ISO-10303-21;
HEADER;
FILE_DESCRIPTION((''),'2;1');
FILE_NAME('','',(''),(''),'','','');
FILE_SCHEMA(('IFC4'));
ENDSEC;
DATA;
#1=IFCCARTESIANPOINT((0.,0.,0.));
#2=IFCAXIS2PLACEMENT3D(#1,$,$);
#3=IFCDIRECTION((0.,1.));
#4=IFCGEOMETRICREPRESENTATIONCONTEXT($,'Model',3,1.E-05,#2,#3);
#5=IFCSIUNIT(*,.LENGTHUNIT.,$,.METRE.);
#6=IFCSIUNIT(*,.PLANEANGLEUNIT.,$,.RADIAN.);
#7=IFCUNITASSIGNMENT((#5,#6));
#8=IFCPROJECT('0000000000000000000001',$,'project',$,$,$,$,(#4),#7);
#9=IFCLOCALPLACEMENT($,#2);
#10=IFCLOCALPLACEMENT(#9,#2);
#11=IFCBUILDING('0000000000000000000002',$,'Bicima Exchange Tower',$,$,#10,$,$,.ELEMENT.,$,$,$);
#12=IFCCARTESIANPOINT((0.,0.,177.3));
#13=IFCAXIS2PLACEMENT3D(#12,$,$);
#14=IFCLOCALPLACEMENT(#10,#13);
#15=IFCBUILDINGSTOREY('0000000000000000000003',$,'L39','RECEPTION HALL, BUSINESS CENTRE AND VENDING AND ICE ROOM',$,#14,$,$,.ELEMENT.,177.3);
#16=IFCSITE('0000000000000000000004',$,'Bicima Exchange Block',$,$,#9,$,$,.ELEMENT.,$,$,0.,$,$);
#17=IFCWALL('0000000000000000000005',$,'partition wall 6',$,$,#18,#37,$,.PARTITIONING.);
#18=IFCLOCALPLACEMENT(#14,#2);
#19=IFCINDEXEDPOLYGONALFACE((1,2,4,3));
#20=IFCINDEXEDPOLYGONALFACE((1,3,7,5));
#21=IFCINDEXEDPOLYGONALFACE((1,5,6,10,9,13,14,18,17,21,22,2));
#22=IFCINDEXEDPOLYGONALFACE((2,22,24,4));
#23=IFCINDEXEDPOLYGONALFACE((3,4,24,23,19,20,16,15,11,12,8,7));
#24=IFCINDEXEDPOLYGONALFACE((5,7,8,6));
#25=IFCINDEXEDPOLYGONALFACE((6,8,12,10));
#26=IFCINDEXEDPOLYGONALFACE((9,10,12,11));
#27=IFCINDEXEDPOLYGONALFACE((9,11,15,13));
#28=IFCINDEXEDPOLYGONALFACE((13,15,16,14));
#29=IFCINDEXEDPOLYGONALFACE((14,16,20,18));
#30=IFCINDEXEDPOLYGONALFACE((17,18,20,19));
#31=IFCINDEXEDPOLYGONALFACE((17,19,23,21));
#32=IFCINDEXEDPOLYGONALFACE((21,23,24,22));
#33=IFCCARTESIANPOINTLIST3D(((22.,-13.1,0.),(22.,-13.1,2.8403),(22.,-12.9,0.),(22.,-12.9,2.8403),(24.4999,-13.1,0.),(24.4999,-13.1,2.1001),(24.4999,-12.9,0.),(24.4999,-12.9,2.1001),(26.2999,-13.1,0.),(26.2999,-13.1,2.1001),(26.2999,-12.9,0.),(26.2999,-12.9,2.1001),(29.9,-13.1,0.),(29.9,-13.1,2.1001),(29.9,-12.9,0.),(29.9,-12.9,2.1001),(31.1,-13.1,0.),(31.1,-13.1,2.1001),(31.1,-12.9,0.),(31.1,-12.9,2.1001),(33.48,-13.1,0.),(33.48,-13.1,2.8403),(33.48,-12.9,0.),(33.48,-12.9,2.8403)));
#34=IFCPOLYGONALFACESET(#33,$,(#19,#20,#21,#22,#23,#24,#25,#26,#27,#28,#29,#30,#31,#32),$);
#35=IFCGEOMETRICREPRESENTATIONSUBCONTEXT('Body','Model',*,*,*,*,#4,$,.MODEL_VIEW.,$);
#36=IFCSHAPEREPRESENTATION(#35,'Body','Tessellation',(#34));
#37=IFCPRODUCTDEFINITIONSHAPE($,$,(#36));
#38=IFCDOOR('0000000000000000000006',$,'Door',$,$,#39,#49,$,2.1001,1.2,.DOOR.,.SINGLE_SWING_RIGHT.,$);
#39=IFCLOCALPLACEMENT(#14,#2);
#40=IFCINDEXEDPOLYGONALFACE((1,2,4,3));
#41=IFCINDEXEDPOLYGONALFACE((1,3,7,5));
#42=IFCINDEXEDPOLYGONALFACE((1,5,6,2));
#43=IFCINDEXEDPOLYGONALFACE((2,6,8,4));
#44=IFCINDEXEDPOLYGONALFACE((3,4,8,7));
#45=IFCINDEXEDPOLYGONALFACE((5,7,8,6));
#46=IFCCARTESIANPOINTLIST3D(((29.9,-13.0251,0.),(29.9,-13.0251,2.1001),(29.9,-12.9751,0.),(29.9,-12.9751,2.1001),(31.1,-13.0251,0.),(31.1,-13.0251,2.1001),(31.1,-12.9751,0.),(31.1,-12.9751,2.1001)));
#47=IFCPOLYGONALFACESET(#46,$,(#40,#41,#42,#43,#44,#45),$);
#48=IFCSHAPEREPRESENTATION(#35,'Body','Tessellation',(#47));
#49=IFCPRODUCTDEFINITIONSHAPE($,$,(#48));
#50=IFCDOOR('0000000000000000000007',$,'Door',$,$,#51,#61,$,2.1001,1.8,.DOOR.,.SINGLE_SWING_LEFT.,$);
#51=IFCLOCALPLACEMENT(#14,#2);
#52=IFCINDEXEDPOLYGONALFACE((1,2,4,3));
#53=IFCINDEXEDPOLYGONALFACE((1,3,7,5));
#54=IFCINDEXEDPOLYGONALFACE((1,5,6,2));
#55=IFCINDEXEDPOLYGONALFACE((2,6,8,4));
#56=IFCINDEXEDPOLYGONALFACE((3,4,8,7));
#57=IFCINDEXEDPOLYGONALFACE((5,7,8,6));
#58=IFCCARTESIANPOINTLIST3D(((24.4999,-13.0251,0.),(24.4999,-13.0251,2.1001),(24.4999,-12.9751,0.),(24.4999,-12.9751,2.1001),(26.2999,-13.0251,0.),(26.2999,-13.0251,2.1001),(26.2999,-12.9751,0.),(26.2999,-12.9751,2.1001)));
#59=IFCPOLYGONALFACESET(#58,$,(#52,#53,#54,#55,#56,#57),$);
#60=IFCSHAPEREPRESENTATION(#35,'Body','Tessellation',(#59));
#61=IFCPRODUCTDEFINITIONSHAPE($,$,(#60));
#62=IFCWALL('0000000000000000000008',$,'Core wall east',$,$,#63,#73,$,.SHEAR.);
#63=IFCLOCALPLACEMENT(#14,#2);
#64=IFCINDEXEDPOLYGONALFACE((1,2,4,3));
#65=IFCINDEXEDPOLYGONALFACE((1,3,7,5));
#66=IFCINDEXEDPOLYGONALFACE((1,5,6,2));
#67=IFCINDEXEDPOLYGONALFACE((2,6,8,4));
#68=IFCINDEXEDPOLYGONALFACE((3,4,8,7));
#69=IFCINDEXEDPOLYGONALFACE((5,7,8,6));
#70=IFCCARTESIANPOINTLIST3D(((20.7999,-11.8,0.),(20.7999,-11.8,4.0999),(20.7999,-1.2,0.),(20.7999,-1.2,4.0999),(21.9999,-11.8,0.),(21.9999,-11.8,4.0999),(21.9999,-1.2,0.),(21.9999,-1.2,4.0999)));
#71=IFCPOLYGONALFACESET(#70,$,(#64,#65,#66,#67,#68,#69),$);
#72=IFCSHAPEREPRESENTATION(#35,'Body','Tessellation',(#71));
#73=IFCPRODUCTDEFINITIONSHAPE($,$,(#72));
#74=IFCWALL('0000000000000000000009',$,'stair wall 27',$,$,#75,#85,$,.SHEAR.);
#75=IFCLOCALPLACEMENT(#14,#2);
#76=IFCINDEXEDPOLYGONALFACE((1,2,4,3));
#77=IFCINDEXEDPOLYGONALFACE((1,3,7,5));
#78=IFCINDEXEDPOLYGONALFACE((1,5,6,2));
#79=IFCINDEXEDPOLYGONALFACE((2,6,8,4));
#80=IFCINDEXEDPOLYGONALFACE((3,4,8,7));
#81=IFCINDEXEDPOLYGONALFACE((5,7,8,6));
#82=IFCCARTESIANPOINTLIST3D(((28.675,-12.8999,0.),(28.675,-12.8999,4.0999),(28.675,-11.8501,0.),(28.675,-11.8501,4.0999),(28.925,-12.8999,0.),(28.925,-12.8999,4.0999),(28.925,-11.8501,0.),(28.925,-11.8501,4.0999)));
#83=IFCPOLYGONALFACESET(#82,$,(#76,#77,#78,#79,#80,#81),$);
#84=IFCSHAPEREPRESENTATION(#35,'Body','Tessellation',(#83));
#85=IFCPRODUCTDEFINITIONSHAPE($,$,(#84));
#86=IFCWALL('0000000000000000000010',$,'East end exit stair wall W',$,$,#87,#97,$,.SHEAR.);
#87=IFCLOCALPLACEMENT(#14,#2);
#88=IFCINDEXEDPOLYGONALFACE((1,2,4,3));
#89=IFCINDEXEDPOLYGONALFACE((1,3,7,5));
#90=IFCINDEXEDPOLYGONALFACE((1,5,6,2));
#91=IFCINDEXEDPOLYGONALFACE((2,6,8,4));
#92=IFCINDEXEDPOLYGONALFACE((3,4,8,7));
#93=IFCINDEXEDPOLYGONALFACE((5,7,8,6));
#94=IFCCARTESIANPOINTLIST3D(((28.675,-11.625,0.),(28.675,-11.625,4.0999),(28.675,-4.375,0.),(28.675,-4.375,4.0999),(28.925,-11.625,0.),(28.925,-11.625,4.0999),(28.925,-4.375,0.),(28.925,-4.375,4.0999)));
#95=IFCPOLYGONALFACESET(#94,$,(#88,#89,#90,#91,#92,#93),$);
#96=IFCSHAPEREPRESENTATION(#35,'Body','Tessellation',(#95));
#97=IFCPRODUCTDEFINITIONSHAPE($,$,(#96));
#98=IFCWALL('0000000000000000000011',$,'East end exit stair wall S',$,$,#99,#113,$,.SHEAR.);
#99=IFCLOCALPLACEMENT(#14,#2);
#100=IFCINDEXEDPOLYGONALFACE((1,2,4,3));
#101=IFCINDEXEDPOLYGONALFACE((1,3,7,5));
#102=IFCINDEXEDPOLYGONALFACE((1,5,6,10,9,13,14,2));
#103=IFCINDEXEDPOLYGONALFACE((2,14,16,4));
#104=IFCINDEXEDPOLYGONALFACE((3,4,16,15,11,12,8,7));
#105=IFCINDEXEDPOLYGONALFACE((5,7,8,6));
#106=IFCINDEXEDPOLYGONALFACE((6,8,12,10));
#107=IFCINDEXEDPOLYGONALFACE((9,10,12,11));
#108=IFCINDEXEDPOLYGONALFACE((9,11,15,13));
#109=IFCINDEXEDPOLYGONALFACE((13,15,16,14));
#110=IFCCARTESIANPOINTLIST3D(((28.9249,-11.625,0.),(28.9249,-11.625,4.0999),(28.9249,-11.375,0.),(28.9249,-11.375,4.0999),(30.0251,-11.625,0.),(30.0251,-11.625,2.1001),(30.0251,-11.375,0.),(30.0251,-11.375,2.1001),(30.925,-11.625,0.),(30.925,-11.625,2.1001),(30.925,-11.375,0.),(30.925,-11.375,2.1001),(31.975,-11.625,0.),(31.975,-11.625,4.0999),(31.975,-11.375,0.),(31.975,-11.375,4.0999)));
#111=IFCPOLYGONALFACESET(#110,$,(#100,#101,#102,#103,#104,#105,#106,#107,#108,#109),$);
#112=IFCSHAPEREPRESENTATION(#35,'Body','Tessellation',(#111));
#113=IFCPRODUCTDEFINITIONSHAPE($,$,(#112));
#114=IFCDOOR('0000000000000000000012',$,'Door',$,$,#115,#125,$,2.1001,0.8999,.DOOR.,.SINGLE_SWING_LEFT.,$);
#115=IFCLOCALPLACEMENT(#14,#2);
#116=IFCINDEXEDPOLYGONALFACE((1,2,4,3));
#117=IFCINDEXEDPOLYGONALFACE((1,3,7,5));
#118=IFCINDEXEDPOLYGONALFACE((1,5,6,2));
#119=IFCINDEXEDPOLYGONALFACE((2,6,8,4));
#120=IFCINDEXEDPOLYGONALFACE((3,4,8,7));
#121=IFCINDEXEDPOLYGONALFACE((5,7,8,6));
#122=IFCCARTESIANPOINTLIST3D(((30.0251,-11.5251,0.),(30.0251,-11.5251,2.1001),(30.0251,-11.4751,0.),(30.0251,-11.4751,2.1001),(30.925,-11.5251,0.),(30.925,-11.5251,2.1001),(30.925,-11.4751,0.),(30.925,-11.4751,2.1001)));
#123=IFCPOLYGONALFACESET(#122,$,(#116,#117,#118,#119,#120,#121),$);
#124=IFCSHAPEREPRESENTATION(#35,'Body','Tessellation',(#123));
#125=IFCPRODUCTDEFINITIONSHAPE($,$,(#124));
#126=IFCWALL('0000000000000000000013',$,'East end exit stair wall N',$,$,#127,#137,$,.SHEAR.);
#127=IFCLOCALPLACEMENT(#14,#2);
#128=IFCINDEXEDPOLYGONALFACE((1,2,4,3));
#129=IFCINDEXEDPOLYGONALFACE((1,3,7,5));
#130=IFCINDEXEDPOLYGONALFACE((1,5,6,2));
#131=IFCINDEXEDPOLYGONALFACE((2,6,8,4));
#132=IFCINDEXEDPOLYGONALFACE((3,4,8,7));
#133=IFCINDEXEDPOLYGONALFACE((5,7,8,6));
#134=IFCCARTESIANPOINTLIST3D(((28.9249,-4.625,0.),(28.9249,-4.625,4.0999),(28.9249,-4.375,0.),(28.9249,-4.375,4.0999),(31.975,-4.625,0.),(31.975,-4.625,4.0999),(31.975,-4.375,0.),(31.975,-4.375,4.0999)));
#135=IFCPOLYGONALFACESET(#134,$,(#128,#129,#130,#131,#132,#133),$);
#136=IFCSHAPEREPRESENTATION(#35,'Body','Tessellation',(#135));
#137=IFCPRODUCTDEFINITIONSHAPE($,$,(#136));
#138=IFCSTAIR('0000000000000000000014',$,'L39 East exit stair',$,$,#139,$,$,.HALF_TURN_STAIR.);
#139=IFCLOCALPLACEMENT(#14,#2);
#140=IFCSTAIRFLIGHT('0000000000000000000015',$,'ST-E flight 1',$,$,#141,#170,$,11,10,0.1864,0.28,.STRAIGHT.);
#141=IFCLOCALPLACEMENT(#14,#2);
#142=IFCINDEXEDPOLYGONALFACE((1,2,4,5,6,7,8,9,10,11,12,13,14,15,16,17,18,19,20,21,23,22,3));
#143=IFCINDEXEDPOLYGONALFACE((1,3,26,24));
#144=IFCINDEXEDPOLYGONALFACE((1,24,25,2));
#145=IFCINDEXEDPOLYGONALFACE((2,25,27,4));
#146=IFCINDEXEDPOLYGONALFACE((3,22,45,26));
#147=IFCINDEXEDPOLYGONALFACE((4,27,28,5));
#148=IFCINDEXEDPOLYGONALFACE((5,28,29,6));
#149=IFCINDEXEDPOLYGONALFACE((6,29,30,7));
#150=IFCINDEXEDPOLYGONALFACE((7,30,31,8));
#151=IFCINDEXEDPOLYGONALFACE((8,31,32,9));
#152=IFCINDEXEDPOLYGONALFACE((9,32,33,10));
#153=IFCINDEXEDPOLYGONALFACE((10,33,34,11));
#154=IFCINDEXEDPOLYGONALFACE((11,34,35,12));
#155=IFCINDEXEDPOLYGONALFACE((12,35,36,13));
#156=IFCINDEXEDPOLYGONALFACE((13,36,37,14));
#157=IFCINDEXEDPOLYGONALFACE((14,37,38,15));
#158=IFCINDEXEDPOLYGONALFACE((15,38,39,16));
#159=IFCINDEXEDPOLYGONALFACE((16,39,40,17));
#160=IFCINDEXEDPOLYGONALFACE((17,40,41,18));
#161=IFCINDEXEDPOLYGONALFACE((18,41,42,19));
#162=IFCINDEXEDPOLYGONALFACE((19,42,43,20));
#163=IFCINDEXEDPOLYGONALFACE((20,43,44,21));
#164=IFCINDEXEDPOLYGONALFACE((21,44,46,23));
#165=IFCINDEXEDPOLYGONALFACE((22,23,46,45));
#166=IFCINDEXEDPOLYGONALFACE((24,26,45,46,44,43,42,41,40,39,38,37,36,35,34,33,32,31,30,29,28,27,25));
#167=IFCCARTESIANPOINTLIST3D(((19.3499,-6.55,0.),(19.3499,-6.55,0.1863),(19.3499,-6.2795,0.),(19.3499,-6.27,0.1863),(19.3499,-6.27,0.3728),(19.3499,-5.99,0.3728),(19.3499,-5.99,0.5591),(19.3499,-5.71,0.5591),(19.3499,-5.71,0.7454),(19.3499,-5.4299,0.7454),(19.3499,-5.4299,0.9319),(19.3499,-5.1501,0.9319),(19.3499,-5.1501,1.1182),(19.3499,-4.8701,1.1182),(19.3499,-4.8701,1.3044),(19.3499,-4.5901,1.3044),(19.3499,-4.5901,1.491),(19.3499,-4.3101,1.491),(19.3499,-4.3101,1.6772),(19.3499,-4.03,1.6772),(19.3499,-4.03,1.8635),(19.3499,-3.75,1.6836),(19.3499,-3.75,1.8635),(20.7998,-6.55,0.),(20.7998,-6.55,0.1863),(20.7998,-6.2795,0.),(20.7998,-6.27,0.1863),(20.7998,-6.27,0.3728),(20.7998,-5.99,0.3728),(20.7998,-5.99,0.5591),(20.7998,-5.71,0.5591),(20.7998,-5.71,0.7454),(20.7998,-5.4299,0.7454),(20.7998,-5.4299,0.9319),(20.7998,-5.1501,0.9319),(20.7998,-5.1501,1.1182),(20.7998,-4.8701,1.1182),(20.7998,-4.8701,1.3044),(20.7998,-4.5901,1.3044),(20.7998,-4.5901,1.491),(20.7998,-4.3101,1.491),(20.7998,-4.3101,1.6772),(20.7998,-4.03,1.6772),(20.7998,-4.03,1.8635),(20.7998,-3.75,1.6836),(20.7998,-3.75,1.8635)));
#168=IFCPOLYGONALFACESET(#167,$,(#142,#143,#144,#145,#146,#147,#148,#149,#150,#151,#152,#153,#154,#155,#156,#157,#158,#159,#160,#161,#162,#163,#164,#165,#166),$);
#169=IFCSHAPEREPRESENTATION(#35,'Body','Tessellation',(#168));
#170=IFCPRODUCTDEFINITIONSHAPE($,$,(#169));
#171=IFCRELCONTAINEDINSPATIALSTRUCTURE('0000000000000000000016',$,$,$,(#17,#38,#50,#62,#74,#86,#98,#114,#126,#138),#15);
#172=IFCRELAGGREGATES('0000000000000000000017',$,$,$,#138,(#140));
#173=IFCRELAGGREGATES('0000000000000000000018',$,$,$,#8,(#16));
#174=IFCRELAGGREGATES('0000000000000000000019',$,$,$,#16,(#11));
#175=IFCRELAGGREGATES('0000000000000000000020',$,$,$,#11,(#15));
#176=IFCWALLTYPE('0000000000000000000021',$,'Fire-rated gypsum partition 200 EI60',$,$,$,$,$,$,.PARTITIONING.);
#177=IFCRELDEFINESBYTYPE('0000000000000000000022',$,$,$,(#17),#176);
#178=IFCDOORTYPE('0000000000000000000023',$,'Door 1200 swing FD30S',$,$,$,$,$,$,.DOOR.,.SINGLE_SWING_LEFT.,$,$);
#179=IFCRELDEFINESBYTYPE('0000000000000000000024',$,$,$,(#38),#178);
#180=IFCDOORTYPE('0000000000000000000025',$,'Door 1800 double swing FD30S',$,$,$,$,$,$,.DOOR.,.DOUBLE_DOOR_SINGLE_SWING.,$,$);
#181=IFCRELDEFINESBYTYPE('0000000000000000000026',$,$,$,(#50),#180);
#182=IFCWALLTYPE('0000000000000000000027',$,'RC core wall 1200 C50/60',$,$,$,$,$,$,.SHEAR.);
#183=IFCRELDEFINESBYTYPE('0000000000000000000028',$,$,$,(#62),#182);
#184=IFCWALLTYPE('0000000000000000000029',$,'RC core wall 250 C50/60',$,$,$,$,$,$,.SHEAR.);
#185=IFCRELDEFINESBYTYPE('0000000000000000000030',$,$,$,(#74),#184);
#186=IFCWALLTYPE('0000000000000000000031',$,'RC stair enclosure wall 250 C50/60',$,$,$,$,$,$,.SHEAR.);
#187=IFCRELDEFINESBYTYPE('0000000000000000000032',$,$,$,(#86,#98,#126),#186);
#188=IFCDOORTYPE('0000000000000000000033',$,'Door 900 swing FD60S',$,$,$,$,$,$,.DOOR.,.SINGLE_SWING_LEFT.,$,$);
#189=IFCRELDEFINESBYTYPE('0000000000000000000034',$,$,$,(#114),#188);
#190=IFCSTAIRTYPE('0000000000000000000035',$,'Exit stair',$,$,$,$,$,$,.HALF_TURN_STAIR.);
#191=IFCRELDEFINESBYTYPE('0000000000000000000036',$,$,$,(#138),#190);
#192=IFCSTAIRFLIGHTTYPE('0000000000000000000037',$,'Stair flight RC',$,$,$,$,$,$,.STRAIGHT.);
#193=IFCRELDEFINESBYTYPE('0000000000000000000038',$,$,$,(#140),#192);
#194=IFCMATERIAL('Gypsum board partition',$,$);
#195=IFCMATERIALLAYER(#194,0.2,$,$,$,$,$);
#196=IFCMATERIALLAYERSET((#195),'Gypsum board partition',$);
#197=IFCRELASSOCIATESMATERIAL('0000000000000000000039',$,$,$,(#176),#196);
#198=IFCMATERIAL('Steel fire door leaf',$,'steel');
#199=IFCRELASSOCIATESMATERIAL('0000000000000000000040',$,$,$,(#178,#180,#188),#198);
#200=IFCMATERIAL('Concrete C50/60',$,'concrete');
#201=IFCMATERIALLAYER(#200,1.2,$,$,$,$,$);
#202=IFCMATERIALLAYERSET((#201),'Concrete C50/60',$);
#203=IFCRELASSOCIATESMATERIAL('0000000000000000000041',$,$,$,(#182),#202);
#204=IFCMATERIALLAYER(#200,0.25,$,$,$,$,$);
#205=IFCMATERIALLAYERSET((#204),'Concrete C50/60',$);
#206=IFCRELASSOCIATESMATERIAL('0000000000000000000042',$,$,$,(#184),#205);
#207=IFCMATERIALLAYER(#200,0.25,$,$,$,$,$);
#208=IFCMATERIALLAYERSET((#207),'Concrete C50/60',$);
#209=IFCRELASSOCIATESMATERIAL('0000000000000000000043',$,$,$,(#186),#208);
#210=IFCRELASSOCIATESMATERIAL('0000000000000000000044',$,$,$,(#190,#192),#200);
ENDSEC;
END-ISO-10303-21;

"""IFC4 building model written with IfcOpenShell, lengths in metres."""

from ifc_helpers import new_model, si_unit, direction, frame, frame_2d, origin, place, context, subcontext, project, spatial, polyline, rectangle, outline, extrude, material, layer, layer_set, type_object, element, fill, aggregate, save


model = new_model("IFC4")

# Units and contexts
model_context = context("Model", 3, precision=1e-05, world=origin(), true_north=direction((0.0, 1.0)))
body_context = subcontext(model_context, "Body", "Model", "MODEL_VIEW")
ifc_project = project(units=[si_unit("LENGTHUNIT", "METRE"), si_unit("PLANEANGLEUNIT", "RADIAN")], contexts=[model_context])

# Site, building, storey
site_placement = place(None, origin())
site = spatial("IfcSite", under=ifc_project, at=site_placement, Name="Bicima Exchange Block", CompositionType="ELEMENT", RefElevation=0.0)
building_placement = place(site_placement, origin())
building = spatial("IfcBuilding", under=site, at=building_placement, Name="Bicima Exchange Tower", CompositionType="ELEMENT")
storey_placement = place(building_placement, frame((0.0, 0.0, 177.3)))
storey = spatial("IfcBuildingStorey", under=building, at=storey_placement, Name="L39", Description="RECEPTION HALL, BUSINESS CENTRE AND VENDING AND ICE ROOM", CompositionType="ELEMENT", Elevation=177.3)

# Wall, openings, doors
ifc_material_1 = material(Name="Gypsum board partition")
ifc_layer_1 = layer(ifc_material_1, 0.2)
ifc_layer_set_1 = layer_set([ifc_layer_1], Name="Gypsum board partition")
wall_type_1 = type_object("IfcWallType", Name="Fire-rated gypsum partition 200 EI60", PredefinedType="PARTITIONING", material=ifc_layer_set_1)
wall_1_placement = place(storey_placement, frame((22.0, -13.0, 0.0), z_axis=(0.0, 0.0, 1.0), x_axis=(1.0, 0.0, 0.0)))
wall_1 = element("IfcWall", 1, at=wall_1_placement, inside=storey, type_object=wall_type_1, Name="partition wall 6", PredefinedType="PARTITIONING", context=body_context, shape_type="SweptSolid", body=[
    extrude(rectangle(XDim=11.48, YDim=0.2, at=frame_2d((5.74, 0.0))), origin(), (0.0, 0.0, 1.0), 2.8403),
])
opening_1_placement = place(wall_1_placement, frame((7.8999, 0.0, 0.0)))
opening_1 = element("IfcOpeningElement", 2, at=opening_1_placement, cuts=wall_1, PredefinedType="OPENING", context=body_context, shape_type="SweptSolid", body=[
    extrude(rectangle(XDim=1.2, YDim=2.1001, at=frame_2d((0.6001, 1.05))), frame((0.0, 0.1118, 0.0), z_axis=(0.0, -1.0, 0.0), x_axis=(1.0, 0.0, 0.0)), (0.0, 0.0, 1.0), 0.2239),
])
opening_2_placement = place(wall_1_placement, frame((2.5, 0.0, 0.0)))
opening_2 = element("IfcOpeningElement", 3, at=opening_2_placement, cuts=wall_1, PredefinedType="OPENING", context=body_context, shape_type="SweptSolid", body=[
    extrude(rectangle(XDim=1.8, YDim=2.1001, at=frame_2d((0.8999, 1.05))), frame((0.0, 0.1118, 0.0), z_axis=(0.0, -1.0, 0.0), x_axis=(1.0, 0.0, 0.0)), (0.0, 0.0, 1.0), 0.2239),
])
ifc_material_2 = material(Name="Steel fire door leaf", Category="steel")
door_type_1 = type_object("IfcDoorType", Name="Door 1200 swing FD30S", OperationType="SINGLE_SWING_LEFT", PredefinedType="DOOR", material=ifc_material_2)
door_1_placement = place(opening_1_placement, origin())
door_1 = element("IfcDoor", 4, at=door_1_placement, inside=storey, type_object=door_type_1, Name="Door", OperationType="SINGLE_SWING_RIGHT", OverallHeight=2.1001, OverallWidth=1.2, PredefinedType="DOOR", context=body_context, shape_type="SweptSolid", body=[
    extrude(rectangle(XDim=1.2, YDim=2.1001, at=frame_2d((0.6001, 1.05))), frame((0.0, 0.0249, 0.0), z_axis=(0.0, -1.0, 0.0), x_axis=(1.0, 0.0, 0.0)), (0.0, 0.0, 1.0), 0.05),
])
fill(opening_1, door_1)
door_type_2 = type_object("IfcDoorType", Name="Door 1800 double swing FD30S", OperationType="DOUBLE_DOOR_SINGLE_SWING", PredefinedType="DOOR", material=ifc_material_2)
door_2_placement = place(opening_2_placement, origin())
door_2 = element("IfcDoor", 5, at=door_2_placement, inside=storey, type_object=door_type_2, Name="Door", OperationType="SINGLE_SWING_LEFT", OverallHeight=2.1001, OverallWidth=1.8, PredefinedType="DOOR", context=body_context, shape_type="SweptSolid", body=[
    extrude(rectangle(XDim=1.8, YDim=2.1001, at=frame_2d((0.8999, 1.05))), frame((0.0, 0.0249, 0.0), z_axis=(0.0, -1.0, 0.0), x_axis=(1.0, 0.0, 0.0)), (0.0, 0.0, 1.0), 0.05),
])
fill(opening_2, door_2)

# Walls
ifc_material_3 = material(Name="Concrete C50/60", Category="concrete")
ifc_layer_2 = layer(ifc_material_3, 1.2)
ifc_layer_set_2 = layer_set([ifc_layer_2], Name="Concrete C50/60")
wall_type_2 = type_object("IfcWallType", Name="RC core wall 1200 C50/60", PredefinedType="SHEAR", material=ifc_layer_set_2)
wall_2_placement = place(storey_placement, frame((21.3999, -11.8, 0.0), z_axis=(0.0, 0.0, 1.0), x_axis=(0.0, 1.0, 0.0)))
element("IfcWall", 6, at=wall_2_placement, inside=storey, type_object=wall_type_2, Name="Core wall east", PredefinedType="SHEAR", context=body_context, shape_type="SweptSolid", body=[
    extrude(rectangle(XDim=10.6001, YDim=1.2, at=frame_2d((5.3, 0.0))), origin(), (0.0, 0.0, 1.0), 4.0999),
])
ifc_layer_3 = layer(ifc_material_3, 0.25)
ifc_layer_set_3 = layer_set([ifc_layer_3], Name="Concrete C50/60")
wall_type_3 = type_object("IfcWallType", Name="RC core wall 250 C50/60", PredefinedType="SHEAR", material=ifc_layer_set_3)
wall_3_placement = place(storey_placement, frame((28.8, -12.8999, 0.0), z_axis=(0.0, 0.0, 1.0), x_axis=(0.0, 1.0, 0.0)))
element("IfcWall", 7, at=wall_3_placement, inside=storey, type_object=wall_type_3, Name="stair wall 27", PredefinedType="SHEAR", context=body_context, shape_type="SweptSolid", body=[
    extrude(rectangle(XDim=1.0498, YDim=0.25, at=frame_2d((0.5249, 0.0))), origin(), (0.0, 0.0, 1.0), 4.0999),
])
ifc_layer_4 = layer(ifc_material_3, 0.25)
ifc_layer_set_4 = layer_set([ifc_layer_4], Name="Concrete C50/60")
wall_type_4 = type_object("IfcWallType", Name="RC stair enclosure wall 250 C50/60", PredefinedType="SHEAR", material=ifc_layer_set_4)
wall_4_placement = place(storey_placement, frame((28.8, -11.625, 0.0), z_axis=(0.0, 0.0, 1.0), x_axis=(0.0, 1.0, 0.0)))
element("IfcWall", 8, at=wall_4_placement, inside=storey, type_object=wall_type_4, Name="East end exit stair wall W", PredefinedType="SHEAR", context=body_context, shape_type="SweptSolid", body=[
    extrude(rectangle(XDim=7.25, YDim=0.25, at=frame_2d((3.625, 0.0))), origin(), (0.0, 0.0, 1.0), 4.0999),
])

# Wall, opening, door
wall_5_placement = place(storey_placement, frame((28.925, -11.5, 0.0), z_axis=(0.0, 0.0, 1.0), x_axis=(1.0, 0.0, 0.0)))
wall_5 = element("IfcWall", 9, at=wall_5_placement, inside=storey, type_object=wall_type_4, Name="East end exit stair wall S", PredefinedType="SHEAR", context=body_context, shape_type="SweptSolid", body=[
    extrude(rectangle(XDim=3.05, YDim=0.25, at=frame_2d((1.5249, 0.0))), origin(), (0.0, 0.0, 1.0), 4.0999),
])
opening_3_placement = place(wall_5_placement, frame((1.1001, 0.0, 0.0)))
opening_3 = element("IfcOpeningElement", 10, at=opening_3_placement, cuts=wall_5, PredefinedType="OPENING", context=body_context, shape_type="SweptSolid", body=[
    extrude(rectangle(XDim=0.8999, YDim=2.1001, at=frame_2d((0.45, 1.05))), frame((0.0, 0.137, 0.0), z_axis=(0.0, -1.0, 0.0), x_axis=(1.0, 0.0, 0.0)), (0.0, 0.0, 1.0), 0.2739),
])
door_type_3 = type_object("IfcDoorType", Name="Door 900 swing FD60S", OperationType="SINGLE_SWING_LEFT", PredefinedType="DOOR", material=ifc_material_2)
door_3_placement = place(opening_3_placement, origin())
door_3 = element("IfcDoor", 11, at=door_3_placement, inside=storey, type_object=door_type_3, Name="Door", OperationType="SINGLE_SWING_LEFT", OverallHeight=2.1001, OverallWidth=0.8999, PredefinedType="DOOR", context=body_context, shape_type="SweptSolid", body=[
    extrude(rectangle(XDim=0.8999, YDim=2.1001, at=frame_2d((0.45, 1.05))), frame((0.0, 0.0249, 0.0), z_axis=(0.0, -1.0, 0.0), x_axis=(1.0, 0.0, 0.0)), (0.0, 0.0, 1.0), 0.05),
])
fill(opening_3, door_3)

# Wall
wall_6_placement = place(storey_placement, frame((28.925, -4.5, 0.0), z_axis=(0.0, 0.0, 1.0), x_axis=(1.0, 0.0, 0.0)))
element("IfcWall", 12, at=wall_6_placement, inside=storey, type_object=wall_type_4, Name="East end exit stair wall N", PredefinedType="SHEAR", context=body_context, shape_type="SweptSolid", body=[
    extrude(rectangle(XDim=3.05, YDim=0.25, at=frame_2d((1.5249, 0.0))), origin(), (0.0, 0.0, 1.0), 4.0999),
])

# Stair, stair flight
stair_type = type_object("IfcStairType", Name="Exit stair", PredefinedType="HALF_TURN_STAIR", material=ifc_material_3)
stair_1_placement = place(storey_placement, origin())
stair_1 = element("IfcStair", 13, at=stair_1_placement, inside=storey, type_object=stair_type, Name="L39 East exit stair", PredefinedType="HALF_TURN_STAIR")
stair_flight_type = type_object("IfcStairFlightType", Name="Stair flight RC", PredefinedType="STRAIGHT", material=ifc_material_3)
stair_flight_1_placement = place(storey_placement, frame((20.075, -6.55, 0.0), z_axis=(0.0, 0.0, 1.0), x_axis=(0.0, 1.0, 0.0)))
stair_flight_1 = element("IfcStairFlight", 14, at=stair_flight_1_placement, type_object=stair_flight_type, Name="ST-E flight 1", NumberOfRisers=11, NumberOfTreads=10, PredefinedType="STRAIGHT", RiserHeight=0.1864, TreadLength=0.28, context=body_context, shape_type="SweptSolid", body=[
    extrude(outline(polyline([(0.0, 0.0), (0.0, 0.1863), (0.28, 0.1863), (0.28, 0.3728), (0.5601, 0.3728), (0.5601, 0.5591), (0.8401, 0.5591), (0.8401, 0.7454), (1.1201, 0.7454), (1.1201, 0.9319), (1.3999, 0.9319), (1.3999, 1.1182), (1.6799, 1.1182), (1.6799, 1.3044), (1.96, 1.3044), (1.96, 1.491), (2.24, 1.491), (2.24, 1.6772), (2.52, 1.6772), (2.52, 1.8635), (2.8, 1.8635), (2.8, 2.05), (2.8, 1.6836), (0.2705, 0.0), (0.0, 0.0)])), frame((0.0, 0.7251, 0.0), z_axis=(0.0, -1.0, 0.0), x_axis=(1.0, 0.0, 0.0)), (0.0, 0.0, 1.0), 1.45),
])
aggregate(stair_1, [stair_flight_1])

save(model, "model.ifc")
